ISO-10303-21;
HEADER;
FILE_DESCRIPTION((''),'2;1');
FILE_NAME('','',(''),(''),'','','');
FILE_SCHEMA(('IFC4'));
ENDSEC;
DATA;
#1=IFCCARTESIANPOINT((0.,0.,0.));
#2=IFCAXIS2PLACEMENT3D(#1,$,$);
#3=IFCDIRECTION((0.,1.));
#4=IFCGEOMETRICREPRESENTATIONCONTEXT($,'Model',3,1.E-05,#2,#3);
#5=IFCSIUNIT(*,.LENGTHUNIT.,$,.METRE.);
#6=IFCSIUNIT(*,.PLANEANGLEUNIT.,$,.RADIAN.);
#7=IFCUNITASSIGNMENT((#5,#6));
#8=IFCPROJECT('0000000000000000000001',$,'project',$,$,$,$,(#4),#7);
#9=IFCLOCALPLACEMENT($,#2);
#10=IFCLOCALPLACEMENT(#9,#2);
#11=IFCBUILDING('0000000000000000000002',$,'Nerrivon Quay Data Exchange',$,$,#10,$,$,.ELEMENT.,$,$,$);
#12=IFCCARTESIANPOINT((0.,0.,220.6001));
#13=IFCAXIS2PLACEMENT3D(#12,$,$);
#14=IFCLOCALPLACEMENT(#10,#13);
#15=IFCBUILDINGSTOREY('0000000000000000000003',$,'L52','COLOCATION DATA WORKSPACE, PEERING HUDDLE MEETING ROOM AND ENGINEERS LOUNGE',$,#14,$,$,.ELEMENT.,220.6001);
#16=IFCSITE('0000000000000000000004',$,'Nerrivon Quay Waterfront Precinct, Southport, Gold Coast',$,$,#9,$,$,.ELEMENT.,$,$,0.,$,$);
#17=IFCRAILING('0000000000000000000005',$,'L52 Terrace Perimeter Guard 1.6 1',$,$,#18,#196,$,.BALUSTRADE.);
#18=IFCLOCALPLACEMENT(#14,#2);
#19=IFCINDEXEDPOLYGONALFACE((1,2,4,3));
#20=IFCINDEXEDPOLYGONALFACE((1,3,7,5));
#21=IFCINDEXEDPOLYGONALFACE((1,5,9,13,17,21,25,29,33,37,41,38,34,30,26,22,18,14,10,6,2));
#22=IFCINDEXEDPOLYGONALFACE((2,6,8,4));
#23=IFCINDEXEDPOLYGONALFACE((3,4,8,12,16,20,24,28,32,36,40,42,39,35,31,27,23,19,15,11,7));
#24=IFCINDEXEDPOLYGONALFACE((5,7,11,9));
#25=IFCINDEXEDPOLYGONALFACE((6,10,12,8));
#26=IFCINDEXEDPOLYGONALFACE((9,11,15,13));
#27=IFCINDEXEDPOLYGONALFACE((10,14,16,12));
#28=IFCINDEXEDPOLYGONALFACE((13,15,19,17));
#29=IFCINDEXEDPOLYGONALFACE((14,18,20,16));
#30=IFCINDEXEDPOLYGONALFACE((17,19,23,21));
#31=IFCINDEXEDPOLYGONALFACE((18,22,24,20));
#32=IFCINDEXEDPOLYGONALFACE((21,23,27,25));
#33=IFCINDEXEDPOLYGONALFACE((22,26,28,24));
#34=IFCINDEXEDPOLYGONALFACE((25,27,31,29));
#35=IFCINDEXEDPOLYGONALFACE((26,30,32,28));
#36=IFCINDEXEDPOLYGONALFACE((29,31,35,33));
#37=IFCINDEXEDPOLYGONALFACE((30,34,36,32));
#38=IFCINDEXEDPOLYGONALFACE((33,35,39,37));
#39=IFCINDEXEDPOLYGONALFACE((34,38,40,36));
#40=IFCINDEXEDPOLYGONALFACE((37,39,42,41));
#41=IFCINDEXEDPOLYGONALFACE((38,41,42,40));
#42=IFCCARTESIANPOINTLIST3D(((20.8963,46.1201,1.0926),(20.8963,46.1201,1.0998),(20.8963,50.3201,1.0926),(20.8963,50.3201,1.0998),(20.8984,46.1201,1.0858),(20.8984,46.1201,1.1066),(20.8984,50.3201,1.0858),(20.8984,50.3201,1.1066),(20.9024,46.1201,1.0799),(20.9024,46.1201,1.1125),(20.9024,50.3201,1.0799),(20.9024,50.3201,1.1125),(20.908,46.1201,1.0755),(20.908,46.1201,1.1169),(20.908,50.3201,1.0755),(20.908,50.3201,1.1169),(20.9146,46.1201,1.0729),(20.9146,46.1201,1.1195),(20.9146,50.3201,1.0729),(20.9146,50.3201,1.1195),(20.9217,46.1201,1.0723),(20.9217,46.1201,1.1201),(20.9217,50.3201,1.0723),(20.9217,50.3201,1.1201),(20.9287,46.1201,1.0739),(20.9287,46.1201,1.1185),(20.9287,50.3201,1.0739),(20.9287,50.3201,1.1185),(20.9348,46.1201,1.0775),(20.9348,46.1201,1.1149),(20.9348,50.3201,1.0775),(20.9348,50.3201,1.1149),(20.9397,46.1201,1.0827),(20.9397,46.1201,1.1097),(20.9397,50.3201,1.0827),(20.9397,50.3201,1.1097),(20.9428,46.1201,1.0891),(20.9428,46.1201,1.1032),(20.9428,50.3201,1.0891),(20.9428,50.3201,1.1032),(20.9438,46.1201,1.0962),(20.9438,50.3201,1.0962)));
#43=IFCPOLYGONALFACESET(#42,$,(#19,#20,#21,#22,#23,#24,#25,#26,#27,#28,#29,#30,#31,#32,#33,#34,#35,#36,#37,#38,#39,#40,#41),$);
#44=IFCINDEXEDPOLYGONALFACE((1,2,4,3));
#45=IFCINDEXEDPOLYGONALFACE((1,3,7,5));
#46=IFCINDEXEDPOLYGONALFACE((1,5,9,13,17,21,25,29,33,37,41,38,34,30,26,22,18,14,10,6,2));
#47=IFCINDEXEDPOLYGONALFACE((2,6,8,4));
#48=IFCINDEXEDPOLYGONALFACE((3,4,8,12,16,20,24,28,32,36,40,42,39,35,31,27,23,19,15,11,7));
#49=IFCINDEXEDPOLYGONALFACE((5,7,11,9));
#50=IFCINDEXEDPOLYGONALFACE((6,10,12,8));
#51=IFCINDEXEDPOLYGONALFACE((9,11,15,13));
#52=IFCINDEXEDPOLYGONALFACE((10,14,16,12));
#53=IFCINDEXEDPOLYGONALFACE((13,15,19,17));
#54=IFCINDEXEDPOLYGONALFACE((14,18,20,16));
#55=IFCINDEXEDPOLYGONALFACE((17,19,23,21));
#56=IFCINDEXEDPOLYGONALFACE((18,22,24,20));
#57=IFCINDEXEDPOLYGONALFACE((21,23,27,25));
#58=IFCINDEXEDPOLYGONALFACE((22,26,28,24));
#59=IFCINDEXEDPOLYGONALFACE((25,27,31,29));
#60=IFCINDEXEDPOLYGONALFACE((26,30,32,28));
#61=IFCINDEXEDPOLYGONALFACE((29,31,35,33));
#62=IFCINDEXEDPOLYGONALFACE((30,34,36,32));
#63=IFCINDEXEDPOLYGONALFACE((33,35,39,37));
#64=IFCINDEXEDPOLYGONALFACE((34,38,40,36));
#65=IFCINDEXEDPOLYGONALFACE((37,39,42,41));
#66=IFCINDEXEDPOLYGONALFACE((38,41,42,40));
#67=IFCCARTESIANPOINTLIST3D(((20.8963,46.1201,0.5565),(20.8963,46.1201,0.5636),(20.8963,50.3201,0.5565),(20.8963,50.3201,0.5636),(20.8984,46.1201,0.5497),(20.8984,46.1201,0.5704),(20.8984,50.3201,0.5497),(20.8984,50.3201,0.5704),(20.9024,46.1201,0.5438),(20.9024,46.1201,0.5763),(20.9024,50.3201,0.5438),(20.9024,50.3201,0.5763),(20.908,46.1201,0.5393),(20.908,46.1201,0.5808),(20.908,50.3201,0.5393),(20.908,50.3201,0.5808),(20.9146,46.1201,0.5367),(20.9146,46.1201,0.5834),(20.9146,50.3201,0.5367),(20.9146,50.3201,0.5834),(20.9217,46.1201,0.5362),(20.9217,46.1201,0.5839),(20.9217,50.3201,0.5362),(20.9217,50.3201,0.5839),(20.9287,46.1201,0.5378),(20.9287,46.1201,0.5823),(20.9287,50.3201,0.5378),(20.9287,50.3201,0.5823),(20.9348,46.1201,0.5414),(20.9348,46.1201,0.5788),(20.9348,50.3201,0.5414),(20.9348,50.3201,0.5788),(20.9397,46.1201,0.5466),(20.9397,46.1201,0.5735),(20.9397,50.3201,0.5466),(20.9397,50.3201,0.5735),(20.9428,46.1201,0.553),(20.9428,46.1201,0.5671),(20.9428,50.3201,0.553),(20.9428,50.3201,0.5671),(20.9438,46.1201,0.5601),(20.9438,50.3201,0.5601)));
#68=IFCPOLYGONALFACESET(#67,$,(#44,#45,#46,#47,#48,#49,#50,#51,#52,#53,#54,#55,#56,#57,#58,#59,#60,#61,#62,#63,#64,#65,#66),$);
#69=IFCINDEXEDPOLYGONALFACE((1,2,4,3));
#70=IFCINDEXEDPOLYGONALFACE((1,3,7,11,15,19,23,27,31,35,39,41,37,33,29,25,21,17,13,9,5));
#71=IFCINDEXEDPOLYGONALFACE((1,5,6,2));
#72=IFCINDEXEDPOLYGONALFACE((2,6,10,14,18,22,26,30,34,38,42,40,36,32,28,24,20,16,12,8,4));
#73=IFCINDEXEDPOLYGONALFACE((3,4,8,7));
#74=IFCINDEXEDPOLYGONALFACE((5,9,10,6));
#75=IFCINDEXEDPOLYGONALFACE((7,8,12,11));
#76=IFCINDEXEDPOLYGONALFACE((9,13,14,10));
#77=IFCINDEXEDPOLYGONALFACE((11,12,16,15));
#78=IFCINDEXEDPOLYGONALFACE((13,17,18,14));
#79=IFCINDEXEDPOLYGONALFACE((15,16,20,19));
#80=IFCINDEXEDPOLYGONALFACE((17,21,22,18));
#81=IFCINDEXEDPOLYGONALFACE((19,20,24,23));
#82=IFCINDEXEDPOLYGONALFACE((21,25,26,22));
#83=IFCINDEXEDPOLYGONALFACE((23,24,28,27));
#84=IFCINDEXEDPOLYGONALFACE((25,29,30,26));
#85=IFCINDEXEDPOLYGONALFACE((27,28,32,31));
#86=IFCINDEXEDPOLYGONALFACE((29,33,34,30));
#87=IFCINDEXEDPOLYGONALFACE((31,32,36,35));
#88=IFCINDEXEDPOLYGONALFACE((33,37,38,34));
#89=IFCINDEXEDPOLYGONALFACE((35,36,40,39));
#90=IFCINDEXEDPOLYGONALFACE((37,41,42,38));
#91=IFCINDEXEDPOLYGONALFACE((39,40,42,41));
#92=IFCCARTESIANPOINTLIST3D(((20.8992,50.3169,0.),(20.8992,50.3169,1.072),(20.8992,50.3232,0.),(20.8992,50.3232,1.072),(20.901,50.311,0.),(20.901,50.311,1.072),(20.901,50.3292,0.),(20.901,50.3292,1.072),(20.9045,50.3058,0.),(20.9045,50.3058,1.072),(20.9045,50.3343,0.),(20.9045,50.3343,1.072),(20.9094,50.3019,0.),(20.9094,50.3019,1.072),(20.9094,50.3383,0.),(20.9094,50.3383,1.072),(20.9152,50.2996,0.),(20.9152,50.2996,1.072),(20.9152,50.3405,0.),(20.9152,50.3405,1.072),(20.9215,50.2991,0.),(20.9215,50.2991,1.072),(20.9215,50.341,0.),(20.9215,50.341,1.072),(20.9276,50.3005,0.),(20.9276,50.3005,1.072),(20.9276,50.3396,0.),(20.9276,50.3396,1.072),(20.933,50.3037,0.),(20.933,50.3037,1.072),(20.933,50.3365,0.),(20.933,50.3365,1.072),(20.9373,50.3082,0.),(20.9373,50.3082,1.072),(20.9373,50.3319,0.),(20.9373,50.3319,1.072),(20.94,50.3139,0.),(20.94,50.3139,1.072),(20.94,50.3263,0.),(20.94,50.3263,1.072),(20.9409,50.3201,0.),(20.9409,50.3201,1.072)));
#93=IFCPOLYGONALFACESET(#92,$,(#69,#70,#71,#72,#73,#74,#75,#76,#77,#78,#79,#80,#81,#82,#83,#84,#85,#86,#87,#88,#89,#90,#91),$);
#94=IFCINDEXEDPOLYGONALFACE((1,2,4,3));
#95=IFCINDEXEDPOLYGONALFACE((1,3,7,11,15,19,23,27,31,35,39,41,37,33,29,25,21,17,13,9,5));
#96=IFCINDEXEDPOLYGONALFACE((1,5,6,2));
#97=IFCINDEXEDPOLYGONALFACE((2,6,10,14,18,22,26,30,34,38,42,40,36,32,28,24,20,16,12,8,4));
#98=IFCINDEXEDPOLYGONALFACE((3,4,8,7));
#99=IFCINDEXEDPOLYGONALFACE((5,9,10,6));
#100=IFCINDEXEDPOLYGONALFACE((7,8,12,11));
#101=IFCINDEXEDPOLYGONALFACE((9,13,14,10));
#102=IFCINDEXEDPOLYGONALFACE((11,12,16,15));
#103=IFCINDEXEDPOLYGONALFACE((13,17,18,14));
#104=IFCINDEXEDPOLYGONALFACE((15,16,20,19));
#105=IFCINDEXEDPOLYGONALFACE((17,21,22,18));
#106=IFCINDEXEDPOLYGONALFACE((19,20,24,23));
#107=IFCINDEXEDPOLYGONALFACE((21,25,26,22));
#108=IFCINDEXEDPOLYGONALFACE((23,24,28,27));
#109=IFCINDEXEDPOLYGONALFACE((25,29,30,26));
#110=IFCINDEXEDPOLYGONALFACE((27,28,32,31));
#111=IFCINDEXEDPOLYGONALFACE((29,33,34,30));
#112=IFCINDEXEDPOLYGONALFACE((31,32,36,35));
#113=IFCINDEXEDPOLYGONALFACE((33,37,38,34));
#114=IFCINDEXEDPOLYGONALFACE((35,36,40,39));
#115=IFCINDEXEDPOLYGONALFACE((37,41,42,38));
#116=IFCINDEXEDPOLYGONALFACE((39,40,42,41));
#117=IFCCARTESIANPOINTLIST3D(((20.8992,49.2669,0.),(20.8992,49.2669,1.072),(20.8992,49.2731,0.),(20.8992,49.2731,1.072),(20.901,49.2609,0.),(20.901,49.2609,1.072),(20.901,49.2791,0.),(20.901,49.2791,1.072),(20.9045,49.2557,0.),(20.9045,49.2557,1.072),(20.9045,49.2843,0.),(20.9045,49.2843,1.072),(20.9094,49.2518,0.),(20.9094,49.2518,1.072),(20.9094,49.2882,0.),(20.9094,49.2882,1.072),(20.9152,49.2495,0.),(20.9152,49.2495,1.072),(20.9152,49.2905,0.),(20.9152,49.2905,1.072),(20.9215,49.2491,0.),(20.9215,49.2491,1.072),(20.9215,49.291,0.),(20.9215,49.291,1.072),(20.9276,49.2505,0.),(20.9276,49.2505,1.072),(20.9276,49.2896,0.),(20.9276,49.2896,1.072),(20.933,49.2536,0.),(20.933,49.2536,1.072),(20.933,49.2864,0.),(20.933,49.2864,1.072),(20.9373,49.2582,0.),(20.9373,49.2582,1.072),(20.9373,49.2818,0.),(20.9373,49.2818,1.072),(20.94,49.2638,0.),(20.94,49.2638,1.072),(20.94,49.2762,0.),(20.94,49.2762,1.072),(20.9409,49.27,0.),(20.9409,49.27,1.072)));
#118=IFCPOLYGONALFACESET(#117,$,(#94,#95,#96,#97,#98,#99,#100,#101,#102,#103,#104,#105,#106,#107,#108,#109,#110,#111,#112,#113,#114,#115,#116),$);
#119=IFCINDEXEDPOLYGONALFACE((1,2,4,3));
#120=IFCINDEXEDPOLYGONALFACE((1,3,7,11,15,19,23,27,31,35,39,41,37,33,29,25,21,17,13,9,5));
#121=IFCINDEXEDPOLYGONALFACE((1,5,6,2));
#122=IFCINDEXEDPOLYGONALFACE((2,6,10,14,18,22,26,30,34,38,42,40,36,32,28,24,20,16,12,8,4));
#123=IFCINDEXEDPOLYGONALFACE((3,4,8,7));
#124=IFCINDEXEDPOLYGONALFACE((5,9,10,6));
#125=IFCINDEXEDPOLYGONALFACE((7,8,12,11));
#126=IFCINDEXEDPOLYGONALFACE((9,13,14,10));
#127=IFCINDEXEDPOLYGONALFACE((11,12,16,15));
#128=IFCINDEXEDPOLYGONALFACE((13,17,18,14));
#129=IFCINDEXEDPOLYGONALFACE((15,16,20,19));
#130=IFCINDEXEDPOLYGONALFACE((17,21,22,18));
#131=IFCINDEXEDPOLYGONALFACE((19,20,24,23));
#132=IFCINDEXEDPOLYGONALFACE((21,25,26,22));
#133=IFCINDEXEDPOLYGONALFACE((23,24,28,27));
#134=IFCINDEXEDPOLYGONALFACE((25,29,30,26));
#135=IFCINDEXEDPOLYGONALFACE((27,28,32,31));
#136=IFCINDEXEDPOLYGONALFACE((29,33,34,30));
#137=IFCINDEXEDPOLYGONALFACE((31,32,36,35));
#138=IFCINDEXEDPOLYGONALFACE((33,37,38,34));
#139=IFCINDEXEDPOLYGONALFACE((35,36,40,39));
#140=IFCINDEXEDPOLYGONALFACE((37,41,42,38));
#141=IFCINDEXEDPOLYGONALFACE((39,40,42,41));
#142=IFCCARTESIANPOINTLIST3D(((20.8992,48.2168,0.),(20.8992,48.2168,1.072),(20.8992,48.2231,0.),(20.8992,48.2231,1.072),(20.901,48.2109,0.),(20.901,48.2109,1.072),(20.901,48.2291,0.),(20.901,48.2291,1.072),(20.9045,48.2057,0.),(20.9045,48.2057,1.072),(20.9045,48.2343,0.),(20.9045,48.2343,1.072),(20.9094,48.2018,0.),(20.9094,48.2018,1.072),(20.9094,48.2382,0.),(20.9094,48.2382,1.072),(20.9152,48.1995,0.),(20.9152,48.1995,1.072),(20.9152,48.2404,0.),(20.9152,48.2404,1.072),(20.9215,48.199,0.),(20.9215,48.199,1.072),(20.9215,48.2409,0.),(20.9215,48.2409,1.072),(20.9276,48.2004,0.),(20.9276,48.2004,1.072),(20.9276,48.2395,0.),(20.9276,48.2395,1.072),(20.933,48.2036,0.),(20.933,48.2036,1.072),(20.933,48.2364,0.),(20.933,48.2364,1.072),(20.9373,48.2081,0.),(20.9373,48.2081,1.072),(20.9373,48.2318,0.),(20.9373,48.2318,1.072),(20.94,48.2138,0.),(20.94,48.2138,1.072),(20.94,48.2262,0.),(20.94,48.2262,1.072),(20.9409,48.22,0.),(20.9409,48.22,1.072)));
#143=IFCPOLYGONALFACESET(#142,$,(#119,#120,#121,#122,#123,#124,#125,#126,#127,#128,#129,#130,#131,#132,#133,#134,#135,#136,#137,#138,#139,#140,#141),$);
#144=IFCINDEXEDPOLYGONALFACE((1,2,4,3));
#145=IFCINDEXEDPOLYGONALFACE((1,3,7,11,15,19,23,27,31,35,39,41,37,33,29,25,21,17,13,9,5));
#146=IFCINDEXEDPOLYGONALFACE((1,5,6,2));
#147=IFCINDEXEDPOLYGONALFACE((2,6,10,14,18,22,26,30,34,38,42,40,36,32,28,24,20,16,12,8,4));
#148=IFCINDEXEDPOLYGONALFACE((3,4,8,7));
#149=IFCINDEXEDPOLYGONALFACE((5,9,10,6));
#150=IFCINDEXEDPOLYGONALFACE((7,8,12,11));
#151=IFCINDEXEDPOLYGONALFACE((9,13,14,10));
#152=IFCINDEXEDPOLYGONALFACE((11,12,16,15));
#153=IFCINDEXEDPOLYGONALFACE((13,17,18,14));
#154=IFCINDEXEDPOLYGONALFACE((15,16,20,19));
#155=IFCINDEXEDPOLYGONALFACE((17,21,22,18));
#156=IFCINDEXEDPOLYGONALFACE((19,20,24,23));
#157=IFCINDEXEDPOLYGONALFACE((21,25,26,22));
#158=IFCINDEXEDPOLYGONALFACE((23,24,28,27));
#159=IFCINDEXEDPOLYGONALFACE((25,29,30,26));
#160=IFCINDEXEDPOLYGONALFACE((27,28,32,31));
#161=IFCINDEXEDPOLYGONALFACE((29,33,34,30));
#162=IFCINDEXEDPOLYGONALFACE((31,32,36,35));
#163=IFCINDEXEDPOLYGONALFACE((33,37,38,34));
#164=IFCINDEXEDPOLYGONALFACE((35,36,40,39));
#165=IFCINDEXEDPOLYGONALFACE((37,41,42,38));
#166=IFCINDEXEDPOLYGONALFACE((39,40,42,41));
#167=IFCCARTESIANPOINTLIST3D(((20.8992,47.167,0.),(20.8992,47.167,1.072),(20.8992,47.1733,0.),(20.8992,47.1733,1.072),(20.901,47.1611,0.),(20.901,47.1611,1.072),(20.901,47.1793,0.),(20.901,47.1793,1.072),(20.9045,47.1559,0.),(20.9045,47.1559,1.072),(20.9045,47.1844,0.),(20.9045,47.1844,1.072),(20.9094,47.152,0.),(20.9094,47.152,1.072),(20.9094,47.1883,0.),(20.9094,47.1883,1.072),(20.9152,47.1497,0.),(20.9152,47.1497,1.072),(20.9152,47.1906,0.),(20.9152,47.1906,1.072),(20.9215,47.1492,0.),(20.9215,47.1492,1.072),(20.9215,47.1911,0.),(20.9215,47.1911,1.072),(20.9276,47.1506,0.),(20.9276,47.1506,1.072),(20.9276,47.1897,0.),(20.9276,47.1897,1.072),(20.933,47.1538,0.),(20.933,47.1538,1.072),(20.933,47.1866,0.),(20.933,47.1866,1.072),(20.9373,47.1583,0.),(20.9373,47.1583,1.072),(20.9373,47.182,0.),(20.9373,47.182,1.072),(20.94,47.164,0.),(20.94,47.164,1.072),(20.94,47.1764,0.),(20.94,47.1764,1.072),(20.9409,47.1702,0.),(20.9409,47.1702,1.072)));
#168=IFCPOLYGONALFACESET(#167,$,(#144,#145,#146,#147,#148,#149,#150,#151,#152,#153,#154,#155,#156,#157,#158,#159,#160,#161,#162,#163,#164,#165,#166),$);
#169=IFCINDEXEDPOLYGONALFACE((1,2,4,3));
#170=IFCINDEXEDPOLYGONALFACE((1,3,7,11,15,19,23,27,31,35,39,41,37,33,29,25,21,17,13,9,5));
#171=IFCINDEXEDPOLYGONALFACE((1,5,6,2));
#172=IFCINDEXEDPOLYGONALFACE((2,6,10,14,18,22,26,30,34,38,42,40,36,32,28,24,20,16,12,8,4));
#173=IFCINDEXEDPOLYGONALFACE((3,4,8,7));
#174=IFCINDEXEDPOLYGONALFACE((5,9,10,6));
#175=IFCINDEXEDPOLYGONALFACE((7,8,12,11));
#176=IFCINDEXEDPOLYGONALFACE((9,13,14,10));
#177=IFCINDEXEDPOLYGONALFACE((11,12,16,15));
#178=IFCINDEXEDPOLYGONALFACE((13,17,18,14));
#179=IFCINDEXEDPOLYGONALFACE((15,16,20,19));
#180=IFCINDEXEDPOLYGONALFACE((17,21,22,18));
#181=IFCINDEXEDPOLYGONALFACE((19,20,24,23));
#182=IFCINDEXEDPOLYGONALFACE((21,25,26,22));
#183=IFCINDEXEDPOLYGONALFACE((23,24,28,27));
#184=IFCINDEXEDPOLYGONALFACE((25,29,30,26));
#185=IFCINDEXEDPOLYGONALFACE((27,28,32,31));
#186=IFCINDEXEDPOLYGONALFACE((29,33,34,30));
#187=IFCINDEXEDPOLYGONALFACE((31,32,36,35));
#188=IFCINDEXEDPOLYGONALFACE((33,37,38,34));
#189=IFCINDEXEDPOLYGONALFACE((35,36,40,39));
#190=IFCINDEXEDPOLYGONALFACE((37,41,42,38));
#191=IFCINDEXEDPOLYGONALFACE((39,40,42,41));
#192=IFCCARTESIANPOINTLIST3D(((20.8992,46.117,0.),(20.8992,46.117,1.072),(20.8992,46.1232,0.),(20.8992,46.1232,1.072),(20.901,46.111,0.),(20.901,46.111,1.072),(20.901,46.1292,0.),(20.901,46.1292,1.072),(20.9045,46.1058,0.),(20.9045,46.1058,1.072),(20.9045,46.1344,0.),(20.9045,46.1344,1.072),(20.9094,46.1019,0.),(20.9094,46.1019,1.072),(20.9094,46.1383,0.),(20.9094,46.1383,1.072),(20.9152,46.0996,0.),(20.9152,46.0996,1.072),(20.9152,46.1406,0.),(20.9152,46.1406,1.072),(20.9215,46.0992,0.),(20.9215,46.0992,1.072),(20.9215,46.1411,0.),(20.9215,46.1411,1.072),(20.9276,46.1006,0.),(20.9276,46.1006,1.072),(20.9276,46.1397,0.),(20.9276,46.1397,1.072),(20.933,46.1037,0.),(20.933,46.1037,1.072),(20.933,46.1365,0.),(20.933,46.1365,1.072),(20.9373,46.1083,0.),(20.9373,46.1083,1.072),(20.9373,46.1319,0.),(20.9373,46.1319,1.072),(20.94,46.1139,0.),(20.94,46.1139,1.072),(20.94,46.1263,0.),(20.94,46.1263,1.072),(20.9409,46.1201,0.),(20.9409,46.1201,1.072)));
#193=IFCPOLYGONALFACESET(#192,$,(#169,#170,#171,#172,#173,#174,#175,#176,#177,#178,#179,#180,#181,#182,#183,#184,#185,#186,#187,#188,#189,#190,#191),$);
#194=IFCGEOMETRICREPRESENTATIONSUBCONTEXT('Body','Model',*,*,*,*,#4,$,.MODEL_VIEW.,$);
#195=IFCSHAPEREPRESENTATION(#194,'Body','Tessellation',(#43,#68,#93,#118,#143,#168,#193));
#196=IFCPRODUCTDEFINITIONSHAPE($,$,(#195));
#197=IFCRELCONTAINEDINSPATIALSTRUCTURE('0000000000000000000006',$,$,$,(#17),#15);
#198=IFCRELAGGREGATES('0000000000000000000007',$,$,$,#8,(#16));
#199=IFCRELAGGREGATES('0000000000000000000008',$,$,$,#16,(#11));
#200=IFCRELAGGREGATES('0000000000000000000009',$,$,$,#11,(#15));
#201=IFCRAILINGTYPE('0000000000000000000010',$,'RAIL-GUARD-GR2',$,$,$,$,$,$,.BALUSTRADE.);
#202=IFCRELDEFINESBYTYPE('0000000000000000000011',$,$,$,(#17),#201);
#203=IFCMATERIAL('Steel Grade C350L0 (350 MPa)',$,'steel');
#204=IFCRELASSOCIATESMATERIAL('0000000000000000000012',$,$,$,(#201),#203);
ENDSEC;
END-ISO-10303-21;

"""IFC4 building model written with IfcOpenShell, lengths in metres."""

from ifc_helpers import new_model, si_unit, direction, frame, origin, origin_2d, place, context, subcontext, project, spatial, circle, extrude, material, type_object, element, save


model = new_model("IFC4")

# Units and contexts
model_context = context("Model", 3, precision=1e-05, world=origin(), true_north=direction((0.0, 1.0)))
body_context = subcontext(model_context, "Body", "Model", "MODEL_VIEW")
ifc_project = project(units=[si_unit("LENGTHUNIT", "METRE"), si_unit("PLANEANGLEUNIT", "RADIAN")], contexts=[model_context])

# Site, building, storey
site_placement = place(None, origin())
site = spatial("IfcSite", under=ifc_project, at=site_placement, Name="Nerrivon Quay Waterfront Precinct, Southport, Gold Coast", CompositionType="ELEMENT", RefElevation=0.0)
building_placement = place(site_placement, origin())
building = spatial("IfcBuilding", under=site, at=building_placement, Name="Nerrivon Quay Data Exchange", CompositionType="ELEMENT")
storey_placement = place(building_placement, frame((0.0, 0.0, 220.6001)))
storey = spatial("IfcBuildingStorey", under=building, at=storey_placement, Name="L52", Description="COLOCATION DATA WORKSPACE, PEERING HUDDLE MEETING ROOM AND ENGINEERS LOUNGE", CompositionType="ELEMENT", Elevation=220.6001)

# Railing
ifc_material_1 = material(Name="Steel Grade C350L0 (350 MPa)", Category="steel")
railing_type = type_object("IfcRailingType", Name="RAIL-GUARD-GR2", PredefinedType="BALUSTRADE", material=ifc_material_1)
railing_1_placement = place(storey_placement, frame((20.9199, 50.3201, 0.0)))
element("IfcRailing", 1, at=railing_1_placement, inside=storey, type_object=railing_type, Name="L52 Terrace Perimeter Guard 1.6 1", PredefinedType="BALUSTRADE", context=body_context, shape_type="SweptSolid", body=[
    extrude(circle(Radius=0.0239, at=origin_2d()), frame((0.0, 0.0, 1.0962), z_axis=(0.0, -1.0, 0.0), x_axis=(1.0, 0.0, 0.0)), (0.0, 0.0, 1.0), 4.2),
    extrude(circle(Radius=0.0239, at=origin_2d()), frame((0.0, 0.0, 0.5601), z_axis=(0.0, -1.0, 0.0), x_axis=(1.0, 0.0, 0.0)), (0.0, 0.0, 1.0), 4.2),
    extrude(circle(Radius=0.021, at=origin_2d()), origin(), (0.0, 0.0, 1.0), 1.072),
    extrude(circle(Radius=0.021, at=origin_2d()), frame((0.0, -1.05, 0.0)), (0.0, 0.0, 1.0), 1.072),
    extrude(circle(Radius=0.021, at=origin_2d()), frame((0.0, -2.1001, 0.0)), (0.0, 0.0, 1.0), 1.072),
    extrude(circle(Radius=0.021, at=origin_2d()), frame((0.0, -3.1499, 0.0)), (0.0, 0.0, 1.0), 1.072),
    extrude(circle(Radius=0.021, at=origin_2d()), frame((0.0, -4.2, 0.0)), (0.0, 0.0, 1.0), 1.072),
])

save(model, "model.ifc")
